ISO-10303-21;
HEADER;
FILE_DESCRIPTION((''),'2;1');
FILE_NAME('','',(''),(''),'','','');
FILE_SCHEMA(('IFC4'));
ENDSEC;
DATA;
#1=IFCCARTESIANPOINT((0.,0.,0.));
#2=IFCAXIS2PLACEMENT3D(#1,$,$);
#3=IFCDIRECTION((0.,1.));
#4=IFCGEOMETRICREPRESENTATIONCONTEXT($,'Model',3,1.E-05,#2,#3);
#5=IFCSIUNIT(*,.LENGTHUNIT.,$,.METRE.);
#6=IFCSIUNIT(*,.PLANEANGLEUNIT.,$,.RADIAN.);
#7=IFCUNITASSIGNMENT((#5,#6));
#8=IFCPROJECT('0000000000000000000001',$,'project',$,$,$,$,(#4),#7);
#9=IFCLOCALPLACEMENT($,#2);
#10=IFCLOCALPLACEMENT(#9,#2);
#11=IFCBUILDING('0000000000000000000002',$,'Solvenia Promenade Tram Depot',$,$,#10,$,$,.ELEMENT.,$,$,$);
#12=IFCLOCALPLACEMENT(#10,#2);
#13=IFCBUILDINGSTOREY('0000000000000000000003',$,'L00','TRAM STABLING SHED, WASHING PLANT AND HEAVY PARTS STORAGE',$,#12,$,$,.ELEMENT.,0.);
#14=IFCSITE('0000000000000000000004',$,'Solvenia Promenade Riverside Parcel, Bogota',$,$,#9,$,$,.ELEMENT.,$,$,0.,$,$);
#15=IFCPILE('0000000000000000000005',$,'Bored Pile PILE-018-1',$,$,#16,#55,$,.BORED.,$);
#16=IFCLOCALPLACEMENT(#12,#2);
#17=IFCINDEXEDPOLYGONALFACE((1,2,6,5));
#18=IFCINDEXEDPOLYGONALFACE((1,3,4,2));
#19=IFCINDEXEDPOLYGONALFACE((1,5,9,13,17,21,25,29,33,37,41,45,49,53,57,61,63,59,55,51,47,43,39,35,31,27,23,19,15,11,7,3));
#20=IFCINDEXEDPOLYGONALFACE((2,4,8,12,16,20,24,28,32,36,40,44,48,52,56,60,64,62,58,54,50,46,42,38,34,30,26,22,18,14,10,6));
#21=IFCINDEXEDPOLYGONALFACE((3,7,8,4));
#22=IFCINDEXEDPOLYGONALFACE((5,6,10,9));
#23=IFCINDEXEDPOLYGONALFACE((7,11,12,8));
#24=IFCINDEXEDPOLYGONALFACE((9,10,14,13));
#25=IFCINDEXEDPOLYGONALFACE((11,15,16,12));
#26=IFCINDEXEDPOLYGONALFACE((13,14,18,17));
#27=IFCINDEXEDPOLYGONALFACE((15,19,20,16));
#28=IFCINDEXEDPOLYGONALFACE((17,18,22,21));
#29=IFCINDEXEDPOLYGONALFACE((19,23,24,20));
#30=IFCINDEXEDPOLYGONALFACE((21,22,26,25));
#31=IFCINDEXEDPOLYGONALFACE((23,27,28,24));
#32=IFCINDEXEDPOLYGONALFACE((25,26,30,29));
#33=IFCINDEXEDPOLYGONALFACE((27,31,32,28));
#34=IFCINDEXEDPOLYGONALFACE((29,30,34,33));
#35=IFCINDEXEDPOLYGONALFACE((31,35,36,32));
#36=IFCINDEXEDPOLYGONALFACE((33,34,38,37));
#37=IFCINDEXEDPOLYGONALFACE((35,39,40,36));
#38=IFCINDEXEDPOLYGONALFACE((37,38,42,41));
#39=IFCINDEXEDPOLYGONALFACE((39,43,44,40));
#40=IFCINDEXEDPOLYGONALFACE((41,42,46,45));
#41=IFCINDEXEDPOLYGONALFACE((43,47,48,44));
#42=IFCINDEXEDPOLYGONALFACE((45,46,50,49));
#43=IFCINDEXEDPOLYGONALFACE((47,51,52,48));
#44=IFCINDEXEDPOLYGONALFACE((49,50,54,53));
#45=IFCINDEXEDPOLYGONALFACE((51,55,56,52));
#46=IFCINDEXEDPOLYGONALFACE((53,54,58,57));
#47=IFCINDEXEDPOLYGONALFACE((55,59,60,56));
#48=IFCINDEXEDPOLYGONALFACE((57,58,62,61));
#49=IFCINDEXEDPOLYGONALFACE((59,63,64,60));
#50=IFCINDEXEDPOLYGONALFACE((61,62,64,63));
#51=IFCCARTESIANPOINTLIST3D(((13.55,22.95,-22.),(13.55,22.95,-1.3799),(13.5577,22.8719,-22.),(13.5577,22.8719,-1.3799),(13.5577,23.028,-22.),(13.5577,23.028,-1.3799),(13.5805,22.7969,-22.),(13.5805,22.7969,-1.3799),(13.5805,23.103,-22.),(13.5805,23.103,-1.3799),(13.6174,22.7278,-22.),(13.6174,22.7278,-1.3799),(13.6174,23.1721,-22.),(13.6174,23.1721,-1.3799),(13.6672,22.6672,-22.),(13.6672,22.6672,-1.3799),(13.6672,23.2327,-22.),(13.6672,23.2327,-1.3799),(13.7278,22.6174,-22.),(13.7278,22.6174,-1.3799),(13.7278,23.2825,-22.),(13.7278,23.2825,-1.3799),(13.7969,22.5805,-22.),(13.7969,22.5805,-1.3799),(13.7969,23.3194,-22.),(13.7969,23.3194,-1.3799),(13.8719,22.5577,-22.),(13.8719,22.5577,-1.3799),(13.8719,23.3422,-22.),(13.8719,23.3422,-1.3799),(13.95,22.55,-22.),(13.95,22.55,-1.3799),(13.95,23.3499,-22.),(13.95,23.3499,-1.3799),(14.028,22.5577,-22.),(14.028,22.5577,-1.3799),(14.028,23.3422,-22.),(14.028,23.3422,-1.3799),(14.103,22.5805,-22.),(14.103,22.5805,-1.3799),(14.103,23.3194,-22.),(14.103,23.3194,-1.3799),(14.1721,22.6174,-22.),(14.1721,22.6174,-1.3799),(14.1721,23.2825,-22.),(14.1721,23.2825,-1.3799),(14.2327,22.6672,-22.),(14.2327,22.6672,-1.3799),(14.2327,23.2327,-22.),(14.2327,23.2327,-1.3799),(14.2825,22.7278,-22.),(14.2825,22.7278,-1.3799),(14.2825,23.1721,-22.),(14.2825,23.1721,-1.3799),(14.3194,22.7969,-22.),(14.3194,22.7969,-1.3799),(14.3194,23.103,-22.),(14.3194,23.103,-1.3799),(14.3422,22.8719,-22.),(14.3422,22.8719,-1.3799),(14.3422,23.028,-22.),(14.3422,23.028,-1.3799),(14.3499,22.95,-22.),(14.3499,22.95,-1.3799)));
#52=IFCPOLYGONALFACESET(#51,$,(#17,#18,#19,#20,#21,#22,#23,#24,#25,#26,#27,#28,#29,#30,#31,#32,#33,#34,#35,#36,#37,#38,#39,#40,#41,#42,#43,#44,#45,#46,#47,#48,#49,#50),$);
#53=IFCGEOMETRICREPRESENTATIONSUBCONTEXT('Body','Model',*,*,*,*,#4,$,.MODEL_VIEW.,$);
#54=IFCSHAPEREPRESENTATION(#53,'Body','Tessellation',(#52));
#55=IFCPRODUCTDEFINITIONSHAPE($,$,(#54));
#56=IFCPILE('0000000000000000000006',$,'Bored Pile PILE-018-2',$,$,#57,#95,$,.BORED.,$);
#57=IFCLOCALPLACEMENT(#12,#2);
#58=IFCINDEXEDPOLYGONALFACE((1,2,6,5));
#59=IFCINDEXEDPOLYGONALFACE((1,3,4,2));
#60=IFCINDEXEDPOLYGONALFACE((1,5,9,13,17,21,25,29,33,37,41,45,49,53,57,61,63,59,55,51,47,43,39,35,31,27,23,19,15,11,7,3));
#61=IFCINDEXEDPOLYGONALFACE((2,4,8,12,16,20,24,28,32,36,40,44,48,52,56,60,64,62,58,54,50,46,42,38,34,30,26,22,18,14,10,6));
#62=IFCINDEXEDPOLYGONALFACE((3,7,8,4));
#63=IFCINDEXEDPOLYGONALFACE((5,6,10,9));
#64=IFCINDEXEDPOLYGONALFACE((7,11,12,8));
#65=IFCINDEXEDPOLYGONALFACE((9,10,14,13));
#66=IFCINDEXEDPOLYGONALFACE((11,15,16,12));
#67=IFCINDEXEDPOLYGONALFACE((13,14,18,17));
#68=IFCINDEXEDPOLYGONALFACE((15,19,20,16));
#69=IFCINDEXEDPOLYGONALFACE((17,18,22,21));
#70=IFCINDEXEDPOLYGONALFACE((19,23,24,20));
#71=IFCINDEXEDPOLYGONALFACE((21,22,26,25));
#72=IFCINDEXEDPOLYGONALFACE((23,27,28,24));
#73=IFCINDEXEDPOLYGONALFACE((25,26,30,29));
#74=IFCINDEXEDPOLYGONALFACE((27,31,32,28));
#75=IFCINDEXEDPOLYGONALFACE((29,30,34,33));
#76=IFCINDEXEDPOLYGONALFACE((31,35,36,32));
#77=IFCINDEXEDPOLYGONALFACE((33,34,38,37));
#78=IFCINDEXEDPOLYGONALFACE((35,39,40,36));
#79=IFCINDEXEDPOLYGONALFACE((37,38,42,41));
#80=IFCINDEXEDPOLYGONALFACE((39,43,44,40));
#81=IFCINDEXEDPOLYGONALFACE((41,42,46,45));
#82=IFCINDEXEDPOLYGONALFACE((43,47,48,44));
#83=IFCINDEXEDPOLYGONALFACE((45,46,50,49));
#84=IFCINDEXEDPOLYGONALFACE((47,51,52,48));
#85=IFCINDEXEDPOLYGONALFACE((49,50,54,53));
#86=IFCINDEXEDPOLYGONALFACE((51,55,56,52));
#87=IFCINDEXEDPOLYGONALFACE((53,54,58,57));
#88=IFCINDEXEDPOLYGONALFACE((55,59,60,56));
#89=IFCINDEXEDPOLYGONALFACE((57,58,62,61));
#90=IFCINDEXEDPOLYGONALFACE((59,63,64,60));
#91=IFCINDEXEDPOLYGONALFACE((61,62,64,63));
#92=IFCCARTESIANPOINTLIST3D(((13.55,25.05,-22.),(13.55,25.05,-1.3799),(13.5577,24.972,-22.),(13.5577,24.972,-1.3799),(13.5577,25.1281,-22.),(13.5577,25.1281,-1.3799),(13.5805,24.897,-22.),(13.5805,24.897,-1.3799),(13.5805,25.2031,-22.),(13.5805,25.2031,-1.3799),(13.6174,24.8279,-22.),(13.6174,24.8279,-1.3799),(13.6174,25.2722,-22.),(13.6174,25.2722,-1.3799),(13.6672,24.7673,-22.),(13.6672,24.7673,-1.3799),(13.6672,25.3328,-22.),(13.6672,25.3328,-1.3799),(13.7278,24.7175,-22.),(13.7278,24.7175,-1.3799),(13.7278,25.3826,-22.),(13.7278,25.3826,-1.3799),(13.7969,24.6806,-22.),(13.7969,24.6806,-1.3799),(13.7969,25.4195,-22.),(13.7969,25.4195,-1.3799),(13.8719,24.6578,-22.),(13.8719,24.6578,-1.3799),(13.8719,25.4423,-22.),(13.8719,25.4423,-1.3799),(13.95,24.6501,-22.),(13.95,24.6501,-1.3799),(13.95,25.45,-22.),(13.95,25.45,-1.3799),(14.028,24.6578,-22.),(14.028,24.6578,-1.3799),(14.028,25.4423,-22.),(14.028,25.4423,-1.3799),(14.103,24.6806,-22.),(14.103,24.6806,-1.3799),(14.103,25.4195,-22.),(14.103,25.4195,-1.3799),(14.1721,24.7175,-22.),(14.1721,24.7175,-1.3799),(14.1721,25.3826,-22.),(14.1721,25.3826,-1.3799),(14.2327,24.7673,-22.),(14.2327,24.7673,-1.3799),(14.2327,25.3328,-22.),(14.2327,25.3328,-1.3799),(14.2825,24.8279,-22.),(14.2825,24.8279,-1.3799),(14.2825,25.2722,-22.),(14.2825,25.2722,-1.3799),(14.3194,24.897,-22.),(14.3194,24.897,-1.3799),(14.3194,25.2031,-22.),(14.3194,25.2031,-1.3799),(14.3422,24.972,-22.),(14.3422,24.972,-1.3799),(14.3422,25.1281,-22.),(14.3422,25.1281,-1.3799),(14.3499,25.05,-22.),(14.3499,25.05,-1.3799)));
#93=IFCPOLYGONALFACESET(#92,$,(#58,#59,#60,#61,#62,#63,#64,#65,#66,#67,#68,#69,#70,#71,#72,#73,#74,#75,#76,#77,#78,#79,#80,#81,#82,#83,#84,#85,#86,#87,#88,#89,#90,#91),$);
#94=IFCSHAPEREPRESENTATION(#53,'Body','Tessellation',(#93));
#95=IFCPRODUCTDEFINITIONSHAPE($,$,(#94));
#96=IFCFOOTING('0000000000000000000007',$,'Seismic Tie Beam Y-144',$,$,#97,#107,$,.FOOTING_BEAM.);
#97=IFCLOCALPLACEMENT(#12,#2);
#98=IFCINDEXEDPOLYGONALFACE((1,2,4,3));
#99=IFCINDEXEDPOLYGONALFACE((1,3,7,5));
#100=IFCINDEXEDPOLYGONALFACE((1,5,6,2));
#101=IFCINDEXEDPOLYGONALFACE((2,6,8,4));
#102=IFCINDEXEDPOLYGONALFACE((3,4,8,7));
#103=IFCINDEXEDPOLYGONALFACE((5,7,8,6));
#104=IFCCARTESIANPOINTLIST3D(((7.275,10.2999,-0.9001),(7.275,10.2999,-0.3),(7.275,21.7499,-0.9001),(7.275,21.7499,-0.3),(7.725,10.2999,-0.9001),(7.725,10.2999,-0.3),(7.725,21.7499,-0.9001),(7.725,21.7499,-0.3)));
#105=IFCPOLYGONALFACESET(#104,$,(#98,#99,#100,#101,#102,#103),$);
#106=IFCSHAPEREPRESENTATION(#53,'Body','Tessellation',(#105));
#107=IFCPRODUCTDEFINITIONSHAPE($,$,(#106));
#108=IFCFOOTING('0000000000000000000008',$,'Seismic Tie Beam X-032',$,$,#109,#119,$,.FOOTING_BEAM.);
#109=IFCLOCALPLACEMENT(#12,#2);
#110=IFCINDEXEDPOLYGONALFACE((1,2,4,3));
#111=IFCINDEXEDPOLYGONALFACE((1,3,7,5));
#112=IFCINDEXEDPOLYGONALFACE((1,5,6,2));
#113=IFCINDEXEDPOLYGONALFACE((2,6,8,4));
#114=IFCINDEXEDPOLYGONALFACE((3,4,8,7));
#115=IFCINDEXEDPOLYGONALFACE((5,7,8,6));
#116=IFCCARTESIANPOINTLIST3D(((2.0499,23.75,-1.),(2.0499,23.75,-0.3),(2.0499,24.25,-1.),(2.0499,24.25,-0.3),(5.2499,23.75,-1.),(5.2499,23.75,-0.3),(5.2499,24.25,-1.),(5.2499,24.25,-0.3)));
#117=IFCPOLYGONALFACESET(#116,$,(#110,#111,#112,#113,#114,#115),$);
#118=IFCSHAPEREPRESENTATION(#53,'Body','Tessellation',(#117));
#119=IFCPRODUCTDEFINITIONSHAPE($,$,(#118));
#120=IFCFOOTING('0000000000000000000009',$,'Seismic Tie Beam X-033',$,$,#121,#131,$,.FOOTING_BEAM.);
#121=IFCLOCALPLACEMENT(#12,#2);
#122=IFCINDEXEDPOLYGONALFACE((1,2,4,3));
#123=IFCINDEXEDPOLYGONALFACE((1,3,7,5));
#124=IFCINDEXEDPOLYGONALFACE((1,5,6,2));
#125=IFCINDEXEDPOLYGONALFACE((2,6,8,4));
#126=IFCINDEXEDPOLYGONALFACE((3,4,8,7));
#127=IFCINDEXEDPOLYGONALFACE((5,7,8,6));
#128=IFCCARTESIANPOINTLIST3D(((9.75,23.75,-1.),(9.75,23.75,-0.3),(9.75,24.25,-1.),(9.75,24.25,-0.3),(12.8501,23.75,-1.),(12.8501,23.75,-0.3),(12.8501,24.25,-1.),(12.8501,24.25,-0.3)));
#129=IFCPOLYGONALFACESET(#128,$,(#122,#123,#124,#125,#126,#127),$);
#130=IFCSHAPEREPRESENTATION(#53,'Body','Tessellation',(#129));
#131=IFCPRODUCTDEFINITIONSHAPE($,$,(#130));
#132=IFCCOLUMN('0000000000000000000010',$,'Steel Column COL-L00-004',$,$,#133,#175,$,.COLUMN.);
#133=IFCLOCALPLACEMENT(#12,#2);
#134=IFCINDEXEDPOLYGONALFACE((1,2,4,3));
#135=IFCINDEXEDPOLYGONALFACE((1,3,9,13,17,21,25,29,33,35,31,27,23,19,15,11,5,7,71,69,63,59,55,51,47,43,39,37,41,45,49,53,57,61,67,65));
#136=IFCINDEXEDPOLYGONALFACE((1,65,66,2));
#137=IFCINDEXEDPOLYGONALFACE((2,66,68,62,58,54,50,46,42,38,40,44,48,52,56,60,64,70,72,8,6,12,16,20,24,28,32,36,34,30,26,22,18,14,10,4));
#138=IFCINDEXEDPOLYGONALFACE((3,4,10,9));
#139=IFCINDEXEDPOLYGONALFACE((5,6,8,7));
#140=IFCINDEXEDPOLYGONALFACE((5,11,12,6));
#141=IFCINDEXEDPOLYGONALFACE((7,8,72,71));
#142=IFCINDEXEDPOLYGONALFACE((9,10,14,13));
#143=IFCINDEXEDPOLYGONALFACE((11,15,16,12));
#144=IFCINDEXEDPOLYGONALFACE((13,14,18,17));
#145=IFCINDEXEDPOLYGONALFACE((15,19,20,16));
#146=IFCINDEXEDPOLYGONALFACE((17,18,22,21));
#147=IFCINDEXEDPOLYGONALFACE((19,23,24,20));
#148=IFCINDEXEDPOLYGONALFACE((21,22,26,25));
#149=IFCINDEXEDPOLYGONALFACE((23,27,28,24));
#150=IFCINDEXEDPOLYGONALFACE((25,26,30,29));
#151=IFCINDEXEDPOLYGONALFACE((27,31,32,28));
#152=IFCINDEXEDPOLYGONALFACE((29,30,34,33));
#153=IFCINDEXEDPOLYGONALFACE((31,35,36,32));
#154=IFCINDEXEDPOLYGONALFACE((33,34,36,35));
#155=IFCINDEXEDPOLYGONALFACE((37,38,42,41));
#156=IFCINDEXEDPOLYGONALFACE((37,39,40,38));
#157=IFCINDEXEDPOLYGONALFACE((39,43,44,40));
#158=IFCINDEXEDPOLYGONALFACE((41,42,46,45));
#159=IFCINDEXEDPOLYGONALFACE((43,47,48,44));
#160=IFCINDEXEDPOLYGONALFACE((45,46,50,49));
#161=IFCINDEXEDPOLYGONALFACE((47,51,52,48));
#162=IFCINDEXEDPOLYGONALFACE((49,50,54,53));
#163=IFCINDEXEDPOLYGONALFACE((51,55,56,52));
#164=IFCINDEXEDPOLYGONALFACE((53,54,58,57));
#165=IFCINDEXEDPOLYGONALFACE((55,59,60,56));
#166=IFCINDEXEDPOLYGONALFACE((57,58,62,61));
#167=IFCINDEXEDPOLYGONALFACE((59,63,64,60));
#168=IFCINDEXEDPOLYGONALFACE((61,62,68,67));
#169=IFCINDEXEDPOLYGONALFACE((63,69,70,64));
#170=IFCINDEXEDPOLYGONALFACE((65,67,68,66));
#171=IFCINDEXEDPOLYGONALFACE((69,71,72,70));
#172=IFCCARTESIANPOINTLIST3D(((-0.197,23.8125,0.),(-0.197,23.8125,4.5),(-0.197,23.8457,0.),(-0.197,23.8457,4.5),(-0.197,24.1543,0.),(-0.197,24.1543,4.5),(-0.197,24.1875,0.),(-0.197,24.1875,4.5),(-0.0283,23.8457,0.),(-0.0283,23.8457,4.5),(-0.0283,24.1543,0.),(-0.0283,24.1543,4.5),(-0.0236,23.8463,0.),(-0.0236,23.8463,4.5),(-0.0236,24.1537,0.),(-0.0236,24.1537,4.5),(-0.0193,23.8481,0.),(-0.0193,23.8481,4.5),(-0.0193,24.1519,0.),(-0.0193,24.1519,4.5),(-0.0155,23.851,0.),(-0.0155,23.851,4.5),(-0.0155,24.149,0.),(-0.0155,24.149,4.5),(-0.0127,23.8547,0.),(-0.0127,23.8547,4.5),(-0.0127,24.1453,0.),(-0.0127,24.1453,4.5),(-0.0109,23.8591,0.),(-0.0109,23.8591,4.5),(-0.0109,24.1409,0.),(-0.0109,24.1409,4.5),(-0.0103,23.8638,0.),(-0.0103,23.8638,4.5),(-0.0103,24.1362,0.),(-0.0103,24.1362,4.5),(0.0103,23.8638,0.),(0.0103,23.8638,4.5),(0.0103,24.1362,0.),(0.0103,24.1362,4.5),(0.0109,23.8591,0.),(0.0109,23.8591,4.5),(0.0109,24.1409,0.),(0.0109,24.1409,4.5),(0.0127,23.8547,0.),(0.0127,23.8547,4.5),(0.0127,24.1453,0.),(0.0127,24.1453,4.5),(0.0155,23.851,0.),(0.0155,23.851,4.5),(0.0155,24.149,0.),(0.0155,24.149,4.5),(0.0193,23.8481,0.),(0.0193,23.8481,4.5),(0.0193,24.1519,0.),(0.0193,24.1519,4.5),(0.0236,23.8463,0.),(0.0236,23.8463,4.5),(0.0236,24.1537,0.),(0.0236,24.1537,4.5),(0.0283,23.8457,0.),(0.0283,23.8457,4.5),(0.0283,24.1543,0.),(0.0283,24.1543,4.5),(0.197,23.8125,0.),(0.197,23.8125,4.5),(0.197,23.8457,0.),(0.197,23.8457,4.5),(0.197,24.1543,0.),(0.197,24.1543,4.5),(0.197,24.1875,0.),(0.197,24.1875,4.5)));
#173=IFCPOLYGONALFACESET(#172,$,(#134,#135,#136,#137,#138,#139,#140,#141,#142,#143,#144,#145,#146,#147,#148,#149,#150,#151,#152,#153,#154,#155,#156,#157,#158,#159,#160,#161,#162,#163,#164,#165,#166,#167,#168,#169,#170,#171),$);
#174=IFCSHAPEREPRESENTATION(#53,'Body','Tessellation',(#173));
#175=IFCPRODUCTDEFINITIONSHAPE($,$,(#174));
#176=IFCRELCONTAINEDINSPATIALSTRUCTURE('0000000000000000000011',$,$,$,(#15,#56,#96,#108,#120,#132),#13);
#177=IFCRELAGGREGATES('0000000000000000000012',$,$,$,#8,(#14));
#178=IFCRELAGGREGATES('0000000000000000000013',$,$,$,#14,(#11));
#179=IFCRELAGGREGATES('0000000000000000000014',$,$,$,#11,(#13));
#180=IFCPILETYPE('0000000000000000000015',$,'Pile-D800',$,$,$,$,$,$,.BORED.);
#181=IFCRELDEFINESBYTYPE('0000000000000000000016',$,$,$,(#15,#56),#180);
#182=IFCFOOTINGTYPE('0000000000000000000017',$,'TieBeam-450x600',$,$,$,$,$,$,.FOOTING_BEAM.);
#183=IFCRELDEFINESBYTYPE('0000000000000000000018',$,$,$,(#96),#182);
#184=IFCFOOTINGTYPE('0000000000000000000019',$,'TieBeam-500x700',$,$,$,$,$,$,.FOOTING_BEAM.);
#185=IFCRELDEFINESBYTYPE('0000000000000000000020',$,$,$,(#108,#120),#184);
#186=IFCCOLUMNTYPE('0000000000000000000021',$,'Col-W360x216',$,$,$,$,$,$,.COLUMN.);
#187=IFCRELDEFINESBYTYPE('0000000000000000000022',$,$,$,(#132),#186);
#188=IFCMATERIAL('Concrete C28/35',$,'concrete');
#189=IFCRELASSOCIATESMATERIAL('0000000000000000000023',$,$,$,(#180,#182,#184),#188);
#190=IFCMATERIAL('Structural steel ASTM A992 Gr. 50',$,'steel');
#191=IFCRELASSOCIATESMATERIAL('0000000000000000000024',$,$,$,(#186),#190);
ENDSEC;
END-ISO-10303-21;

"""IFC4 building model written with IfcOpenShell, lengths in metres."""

from ifc_helpers import new_model, si_unit, direction, frame, origin, origin_2d, place, context, subcontext, project, spatial, rectangle, circle, i_section, extrude, material, material_profile, profile_set, type_object, element, save


model = new_model("IFC4")

# Units and contexts
model_context = context("Model", 3, precision=1e-05, world=origin(), true_north=direction((0.0, 1.0)))
body_context = subcontext(model_context, "Body", "Model", "MODEL_VIEW")
ifc_project = project(units=[si_unit("LENGTHUNIT", "METRE"), si_unit("PLANEANGLEUNIT", "RADIAN")], contexts=[model_context])

# Site, building, storey
site_placement = place(None, origin())
site = spatial("IfcSite", under=ifc_project, at=site_placement, Name="Solvenia Promenade Riverside Parcel, Bogota", CompositionType="ELEMENT", RefElevation=0.0)
building_placement = place(site_placement, origin())
building = spatial("IfcBuilding", under=site, at=building_placement, Name="Solvenia Promenade Tram Depot", CompositionType="ELEMENT")
storey_placement = place(building_placement, origin())
storey = spatial("IfcBuildingStorey", under=building, at=storey_placement, Name="L00", Description="TRAM STABLING SHED, WASHING PLANT AND HEAVY PARTS STORAGE", CompositionType="ELEMENT", Elevation=0.0)

# Shared definitions
ifc_material_1 = material(Name="Concrete C28/35", Category="concrete")

# Piles
ifc_material_profile_1 = material_profile(ifc_material_1, circle(Radius=0.3999, at=origin_2d()), Name="D800", Category="concrete")
ifc_profile_set_1 = profile_set([ifc_material_profile_1], Name="Concrete C28/35")
pile_type_1 = type_object("IfcPileType", Name="Pile-D800", PredefinedType="BORED", material=ifc_profile_set_1)
for number, where, z_axis, x_axis, name in (
    (1, (13.95, 22.95, -1.3799), (0.0, 0.0, -1.0), (1.0, 0.0, 0.0), "Bored Pile PILE-018-1"),
    (2, (13.95, 25.05, -1.3799), (0.0, 0.0, -1.0), (1.0, 0.0, 0.0), "Bored Pile PILE-018-2"),
):
    element("IfcPile", number, at=place(storey_placement, frame(where, z_axis=z_axis, x_axis=x_axis)), inside=storey, type_object=pile_type_1, Name=name, PredefinedType="BORED", context=body_context, shape_type="SweptSolid", body=[
        extrude(circle(Radius=0.3999, at=origin_2d()), origin(), (0.0, 0.0, 1.0), 20.6201),
    ])

# Footings
footing_type_1 = type_object("IfcFootingType", Name="TieBeam-450x600", PredefinedType="FOOTING_BEAM", material=ifc_material_1)
footing_1_placement = place(storey_placement, frame((7.5, 16.0249, -0.9001), z_axis=(0.0, 0.0, 1.0), x_axis=(1.0, 0.0, 0.0)))
element("IfcFooting", 3, at=footing_1_placement, inside=storey, type_object=footing_type_1, Name="Seismic Tie Beam Y-144", PredefinedType="FOOTING_BEAM", context=body_context, shape_type="SweptSolid", body=[
    extrude(rectangle(XDim=0.45, YDim=11.45, at=origin_2d()), origin(), (0.0, 0.0, 1.0), 0.6001),
])
footing_type_2 = type_object("IfcFootingType", Name="TieBeam-500x700", PredefinedType="FOOTING_BEAM", material=ifc_material_1)
footing_2_placement = place(storey_placement, frame((3.6499, 24.0, -1.0), z_axis=(0.0, 0.0, 1.0), x_axis=(1.0, 0.0, 0.0)))
element("IfcFooting", 4, at=footing_2_placement, inside=storey, type_object=footing_type_2, Name="Seismic Tie Beam X-032", PredefinedType="FOOTING_BEAM", context=body_context, shape_type="SweptSolid", body=[
    extrude(rectangle(XDim=3.2, YDim=0.5, at=origin_2d()), origin(), (0.0, 0.0, 1.0), 0.7),
])
footing_3_placement = place(storey_placement, frame((11.3, 24.0, -1.0), z_axis=(0.0, 0.0, 1.0), x_axis=(1.0, 0.0, 0.0)))
element("IfcFooting", 5, at=footing_3_placement, inside=storey, type_object=footing_type_2, Name="Seismic Tie Beam X-033", PredefinedType="FOOTING_BEAM", context=body_context, shape_type="SweptSolid", body=[
    extrude(rectangle(XDim=3.1001, YDim=0.5, at=origin_2d()), origin(), (0.0, 0.0, 1.0), 0.7),
])

# Column
ifc_material_2 = material(Name="Structural steel ASTM A992 Gr. 50", Category="steel")
ifc_material_profile_2 = material_profile(ifc_material_2, i_section(OverallWidth=0.394, OverallDepth=0.375, WebThickness=0.0205, FlangeThickness=0.0332, FilletRadius=0.0181, at=origin_2d()), Name="W360x216", Category="steel")
ifc_profile_set_2 = profile_set([ifc_material_profile_2], Name="Structural steel ASTM A992 Gr. 50")
column_type = type_object("IfcColumnType", Name="Col-W360x216", PredefinedType="COLUMN", material=ifc_profile_set_2)
for number, where, z_axis, x_axis, name in (
    (6, (0.0, 24.0, 0.0), (0.0, 0.0, 1.0), (1.0, 0.0, 0.0), "Steel Column COL-L00-004"),
):
    element("IfcColumn", number, at=place(storey_placement, frame(where, z_axis=z_axis, x_axis=x_axis)), inside=storey, type_object=column_type, Name=name, PredefinedType="COLUMN", context=body_context, shape_type="SweptSolid", body=[
        extrude(i_section(OverallWidth=0.394, OverallDepth=0.375, WebThickness=0.0205, FlangeThickness=0.0332, FilletRadius=0.0181, at=origin_2d()), origin(), (0.0, 0.0, 1.0), 4.5),
    ])

save(model, "model.ifc")
